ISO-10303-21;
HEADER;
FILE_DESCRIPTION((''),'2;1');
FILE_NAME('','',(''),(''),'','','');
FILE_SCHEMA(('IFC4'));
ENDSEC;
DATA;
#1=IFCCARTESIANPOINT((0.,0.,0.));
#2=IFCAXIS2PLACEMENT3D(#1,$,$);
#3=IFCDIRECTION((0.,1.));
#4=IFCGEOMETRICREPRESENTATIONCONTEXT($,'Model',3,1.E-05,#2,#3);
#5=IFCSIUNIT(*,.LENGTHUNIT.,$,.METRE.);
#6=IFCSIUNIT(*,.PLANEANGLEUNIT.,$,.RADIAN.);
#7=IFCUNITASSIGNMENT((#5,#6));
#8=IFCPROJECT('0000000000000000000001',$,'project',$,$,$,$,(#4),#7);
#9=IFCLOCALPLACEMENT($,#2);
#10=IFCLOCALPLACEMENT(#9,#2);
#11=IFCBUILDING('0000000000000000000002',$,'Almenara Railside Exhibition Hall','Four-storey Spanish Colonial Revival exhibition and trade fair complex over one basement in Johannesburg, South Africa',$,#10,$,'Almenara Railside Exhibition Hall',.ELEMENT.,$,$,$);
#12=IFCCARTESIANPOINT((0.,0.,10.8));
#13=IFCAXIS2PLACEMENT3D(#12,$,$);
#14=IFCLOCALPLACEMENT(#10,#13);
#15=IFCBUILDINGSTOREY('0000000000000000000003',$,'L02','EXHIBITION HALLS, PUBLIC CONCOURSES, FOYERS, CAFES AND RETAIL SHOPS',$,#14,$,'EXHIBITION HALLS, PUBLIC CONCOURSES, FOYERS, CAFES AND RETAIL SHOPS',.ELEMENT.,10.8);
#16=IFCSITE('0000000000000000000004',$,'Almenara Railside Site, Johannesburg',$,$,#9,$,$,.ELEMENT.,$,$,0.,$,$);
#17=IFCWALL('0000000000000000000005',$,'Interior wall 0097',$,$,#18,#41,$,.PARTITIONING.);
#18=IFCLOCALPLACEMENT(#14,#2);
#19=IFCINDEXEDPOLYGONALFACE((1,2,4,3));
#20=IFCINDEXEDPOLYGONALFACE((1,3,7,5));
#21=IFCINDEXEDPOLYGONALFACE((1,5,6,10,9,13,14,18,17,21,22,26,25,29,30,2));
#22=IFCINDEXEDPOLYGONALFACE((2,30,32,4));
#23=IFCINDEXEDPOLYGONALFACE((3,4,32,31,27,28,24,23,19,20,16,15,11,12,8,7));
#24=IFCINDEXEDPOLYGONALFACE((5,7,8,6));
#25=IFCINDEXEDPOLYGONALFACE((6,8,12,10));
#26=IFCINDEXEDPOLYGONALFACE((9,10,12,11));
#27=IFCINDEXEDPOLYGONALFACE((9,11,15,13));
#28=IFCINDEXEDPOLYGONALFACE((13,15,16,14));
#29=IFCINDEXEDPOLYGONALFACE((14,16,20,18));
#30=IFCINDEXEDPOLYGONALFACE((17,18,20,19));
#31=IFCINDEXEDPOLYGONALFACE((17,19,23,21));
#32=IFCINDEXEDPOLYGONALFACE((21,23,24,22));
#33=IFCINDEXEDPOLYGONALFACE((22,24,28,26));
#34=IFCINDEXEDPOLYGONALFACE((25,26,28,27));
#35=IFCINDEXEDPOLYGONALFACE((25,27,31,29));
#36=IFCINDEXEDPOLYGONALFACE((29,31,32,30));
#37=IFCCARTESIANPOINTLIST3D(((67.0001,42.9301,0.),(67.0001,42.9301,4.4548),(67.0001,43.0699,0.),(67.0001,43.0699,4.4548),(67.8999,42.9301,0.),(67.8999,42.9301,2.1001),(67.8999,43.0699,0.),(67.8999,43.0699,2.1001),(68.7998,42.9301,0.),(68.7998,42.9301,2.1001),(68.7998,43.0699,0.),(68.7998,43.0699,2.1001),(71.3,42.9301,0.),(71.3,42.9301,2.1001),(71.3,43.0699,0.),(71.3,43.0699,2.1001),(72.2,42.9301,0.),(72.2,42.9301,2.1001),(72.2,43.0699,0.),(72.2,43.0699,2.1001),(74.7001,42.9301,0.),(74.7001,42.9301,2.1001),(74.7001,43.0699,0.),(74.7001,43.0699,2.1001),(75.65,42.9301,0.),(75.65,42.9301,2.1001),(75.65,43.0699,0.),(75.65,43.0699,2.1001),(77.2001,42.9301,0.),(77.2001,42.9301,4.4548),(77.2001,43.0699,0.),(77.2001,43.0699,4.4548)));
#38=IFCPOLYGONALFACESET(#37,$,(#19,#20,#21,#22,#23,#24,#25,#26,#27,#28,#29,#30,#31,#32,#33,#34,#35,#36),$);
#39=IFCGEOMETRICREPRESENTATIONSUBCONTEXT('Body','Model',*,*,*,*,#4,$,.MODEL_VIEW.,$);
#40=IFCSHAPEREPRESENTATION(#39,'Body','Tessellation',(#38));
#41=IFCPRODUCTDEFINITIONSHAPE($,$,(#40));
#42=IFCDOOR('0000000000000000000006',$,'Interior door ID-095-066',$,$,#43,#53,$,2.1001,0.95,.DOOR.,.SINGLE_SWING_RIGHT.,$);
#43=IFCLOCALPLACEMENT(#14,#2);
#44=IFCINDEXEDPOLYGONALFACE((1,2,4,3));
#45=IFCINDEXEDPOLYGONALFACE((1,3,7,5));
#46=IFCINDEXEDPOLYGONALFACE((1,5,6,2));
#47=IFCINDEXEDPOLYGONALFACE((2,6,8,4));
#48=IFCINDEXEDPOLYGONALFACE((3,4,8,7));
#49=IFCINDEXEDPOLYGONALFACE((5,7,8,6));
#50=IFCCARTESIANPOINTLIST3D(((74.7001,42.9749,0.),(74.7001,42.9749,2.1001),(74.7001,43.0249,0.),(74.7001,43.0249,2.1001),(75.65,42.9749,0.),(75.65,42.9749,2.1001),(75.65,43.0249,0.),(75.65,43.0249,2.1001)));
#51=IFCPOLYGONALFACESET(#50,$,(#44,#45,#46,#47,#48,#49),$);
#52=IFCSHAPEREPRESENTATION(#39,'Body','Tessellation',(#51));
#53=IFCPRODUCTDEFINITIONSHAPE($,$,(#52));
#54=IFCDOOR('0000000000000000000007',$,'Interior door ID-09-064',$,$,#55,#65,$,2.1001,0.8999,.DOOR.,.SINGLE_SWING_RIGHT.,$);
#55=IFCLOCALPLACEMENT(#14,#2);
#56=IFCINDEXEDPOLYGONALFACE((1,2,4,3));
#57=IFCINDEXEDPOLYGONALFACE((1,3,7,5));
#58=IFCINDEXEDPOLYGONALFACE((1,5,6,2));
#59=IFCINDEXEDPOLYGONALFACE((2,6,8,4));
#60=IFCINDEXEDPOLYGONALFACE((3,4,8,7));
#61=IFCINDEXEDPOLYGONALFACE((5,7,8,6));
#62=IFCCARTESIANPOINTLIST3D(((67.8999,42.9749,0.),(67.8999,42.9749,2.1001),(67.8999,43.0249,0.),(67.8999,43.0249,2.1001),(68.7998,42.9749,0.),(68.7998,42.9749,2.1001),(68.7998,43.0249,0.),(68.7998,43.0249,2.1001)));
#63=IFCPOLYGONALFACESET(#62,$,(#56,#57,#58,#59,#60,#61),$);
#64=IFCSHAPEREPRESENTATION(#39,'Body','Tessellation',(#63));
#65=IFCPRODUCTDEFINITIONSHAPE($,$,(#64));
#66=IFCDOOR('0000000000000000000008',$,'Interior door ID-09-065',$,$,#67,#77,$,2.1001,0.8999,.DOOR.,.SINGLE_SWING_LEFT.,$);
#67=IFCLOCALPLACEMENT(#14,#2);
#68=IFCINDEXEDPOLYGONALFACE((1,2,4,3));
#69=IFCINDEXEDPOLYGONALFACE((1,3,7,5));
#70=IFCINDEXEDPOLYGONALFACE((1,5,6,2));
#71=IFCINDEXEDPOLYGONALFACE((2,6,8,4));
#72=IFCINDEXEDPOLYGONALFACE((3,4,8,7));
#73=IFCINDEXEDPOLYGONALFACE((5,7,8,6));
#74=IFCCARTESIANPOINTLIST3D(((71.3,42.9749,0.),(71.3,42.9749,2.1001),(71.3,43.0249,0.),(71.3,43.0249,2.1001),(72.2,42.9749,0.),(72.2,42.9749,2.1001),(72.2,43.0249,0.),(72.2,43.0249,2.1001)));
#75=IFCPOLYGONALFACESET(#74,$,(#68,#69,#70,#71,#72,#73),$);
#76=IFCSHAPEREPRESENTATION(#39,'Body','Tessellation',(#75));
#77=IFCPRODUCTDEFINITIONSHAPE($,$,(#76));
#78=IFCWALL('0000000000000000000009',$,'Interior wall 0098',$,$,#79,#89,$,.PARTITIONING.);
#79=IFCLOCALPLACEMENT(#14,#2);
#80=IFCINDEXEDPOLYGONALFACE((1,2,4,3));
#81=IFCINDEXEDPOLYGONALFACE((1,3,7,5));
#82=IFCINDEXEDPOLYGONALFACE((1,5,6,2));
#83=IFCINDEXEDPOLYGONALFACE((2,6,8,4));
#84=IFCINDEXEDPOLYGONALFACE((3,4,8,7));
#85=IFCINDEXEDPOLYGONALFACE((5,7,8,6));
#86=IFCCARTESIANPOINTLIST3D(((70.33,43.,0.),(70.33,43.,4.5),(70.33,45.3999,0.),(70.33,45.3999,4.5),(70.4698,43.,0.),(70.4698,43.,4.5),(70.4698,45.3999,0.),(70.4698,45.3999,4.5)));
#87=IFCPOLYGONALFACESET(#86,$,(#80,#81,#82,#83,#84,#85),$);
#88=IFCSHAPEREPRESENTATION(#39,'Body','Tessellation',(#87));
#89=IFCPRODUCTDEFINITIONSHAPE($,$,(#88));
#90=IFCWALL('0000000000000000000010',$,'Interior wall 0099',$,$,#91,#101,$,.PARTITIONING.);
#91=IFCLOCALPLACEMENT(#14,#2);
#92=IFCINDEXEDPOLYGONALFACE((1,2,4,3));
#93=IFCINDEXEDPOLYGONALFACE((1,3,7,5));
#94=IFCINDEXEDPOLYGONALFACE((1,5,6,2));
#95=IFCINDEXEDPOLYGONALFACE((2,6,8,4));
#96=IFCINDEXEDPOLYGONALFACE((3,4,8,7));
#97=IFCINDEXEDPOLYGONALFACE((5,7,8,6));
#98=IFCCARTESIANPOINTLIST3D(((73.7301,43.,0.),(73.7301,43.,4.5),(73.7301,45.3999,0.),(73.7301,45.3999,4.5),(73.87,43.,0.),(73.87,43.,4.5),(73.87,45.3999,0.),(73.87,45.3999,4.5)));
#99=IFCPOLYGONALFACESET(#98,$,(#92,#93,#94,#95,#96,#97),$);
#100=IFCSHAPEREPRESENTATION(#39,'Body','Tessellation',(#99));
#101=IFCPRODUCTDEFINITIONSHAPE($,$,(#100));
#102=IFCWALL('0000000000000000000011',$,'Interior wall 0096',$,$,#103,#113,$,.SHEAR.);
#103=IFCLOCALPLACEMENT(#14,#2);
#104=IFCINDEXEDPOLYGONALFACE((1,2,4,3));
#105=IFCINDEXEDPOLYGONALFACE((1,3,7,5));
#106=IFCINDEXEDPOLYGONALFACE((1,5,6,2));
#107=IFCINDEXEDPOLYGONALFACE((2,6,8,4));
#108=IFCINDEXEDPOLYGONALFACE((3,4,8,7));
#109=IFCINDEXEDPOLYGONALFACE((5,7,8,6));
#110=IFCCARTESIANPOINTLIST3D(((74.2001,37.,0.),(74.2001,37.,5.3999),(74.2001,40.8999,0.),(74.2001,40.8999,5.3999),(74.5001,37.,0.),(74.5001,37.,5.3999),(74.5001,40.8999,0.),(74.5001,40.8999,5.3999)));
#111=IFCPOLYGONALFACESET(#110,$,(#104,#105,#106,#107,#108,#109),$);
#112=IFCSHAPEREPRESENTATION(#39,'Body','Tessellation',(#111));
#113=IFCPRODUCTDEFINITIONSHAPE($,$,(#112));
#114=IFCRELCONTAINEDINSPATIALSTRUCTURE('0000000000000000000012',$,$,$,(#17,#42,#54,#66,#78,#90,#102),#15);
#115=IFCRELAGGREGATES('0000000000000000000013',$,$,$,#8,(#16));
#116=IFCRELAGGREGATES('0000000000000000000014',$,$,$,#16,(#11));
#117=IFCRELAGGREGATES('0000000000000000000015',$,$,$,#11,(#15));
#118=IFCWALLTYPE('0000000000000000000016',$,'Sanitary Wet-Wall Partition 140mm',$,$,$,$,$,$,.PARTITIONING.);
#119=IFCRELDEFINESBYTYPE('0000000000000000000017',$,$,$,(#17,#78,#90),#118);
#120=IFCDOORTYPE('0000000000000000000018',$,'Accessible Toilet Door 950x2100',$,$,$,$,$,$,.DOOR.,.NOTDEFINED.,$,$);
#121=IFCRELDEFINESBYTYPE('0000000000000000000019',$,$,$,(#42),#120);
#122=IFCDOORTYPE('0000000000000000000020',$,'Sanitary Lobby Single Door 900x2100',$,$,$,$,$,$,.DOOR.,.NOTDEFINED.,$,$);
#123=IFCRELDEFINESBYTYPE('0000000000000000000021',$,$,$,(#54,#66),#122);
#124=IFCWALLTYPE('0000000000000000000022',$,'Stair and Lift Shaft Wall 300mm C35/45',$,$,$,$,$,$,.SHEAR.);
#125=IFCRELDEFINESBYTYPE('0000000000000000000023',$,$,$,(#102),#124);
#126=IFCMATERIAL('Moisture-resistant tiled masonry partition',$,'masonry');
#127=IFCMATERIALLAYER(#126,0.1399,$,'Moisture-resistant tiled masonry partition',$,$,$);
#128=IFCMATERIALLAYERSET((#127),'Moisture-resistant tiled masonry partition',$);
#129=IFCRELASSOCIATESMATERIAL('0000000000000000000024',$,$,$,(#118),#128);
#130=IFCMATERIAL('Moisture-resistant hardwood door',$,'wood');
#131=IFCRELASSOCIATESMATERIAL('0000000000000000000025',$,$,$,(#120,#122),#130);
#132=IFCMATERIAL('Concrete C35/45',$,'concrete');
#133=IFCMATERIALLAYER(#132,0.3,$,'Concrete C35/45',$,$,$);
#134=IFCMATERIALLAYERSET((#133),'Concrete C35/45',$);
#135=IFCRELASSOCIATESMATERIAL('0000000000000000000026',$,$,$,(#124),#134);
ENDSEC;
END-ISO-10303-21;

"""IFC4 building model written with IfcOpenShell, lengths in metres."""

from ifc_helpers import new_model, si_unit, direction, frame, frame_2d, origin, place, context, subcontext, project, spatial, rectangle, extrude, material, layer, layer_set, type_object, element, fill, save


model = new_model("IFC4")

# Units and contexts
model_context = context("Model", 3, precision=1e-05, world=origin(), true_north=direction((0.0, 1.0)))
body_context = subcontext(model_context, "Body", "Model", "MODEL_VIEW")
ifc_project = project(units=[si_unit("LENGTHUNIT", "METRE"), si_unit("PLANEANGLEUNIT", "RADIAN")], contexts=[model_context])

# Site, building, storey
site_placement = place(None, origin())
site = spatial("IfcSite", under=ifc_project, at=site_placement, Name="Almenara Railside Site, Johannesburg", CompositionType="ELEMENT", RefElevation=0.0)
building_placement = place(site_placement, origin())
building = spatial("IfcBuilding", under=site, at=building_placement, Name="Almenara Railside Exhibition Hall", Description="Four-storey Spanish Colonial Revival exhibition and trade fair complex over one basement in Johannesburg, South Africa", LongName="Almenara Railside Exhibition Hall", CompositionType="ELEMENT")
storey_placement = place(building_placement, frame((0.0, 0.0, 10.8)))
storey = spatial("IfcBuildingStorey", under=building, at=storey_placement, Name="L02", Description="EXHIBITION HALLS, PUBLIC CONCOURSES, FOYERS, CAFES AND RETAIL SHOPS", LongName="EXHIBITION HALLS, PUBLIC CONCOURSES, FOYERS, CAFES AND RETAIL SHOPS", CompositionType="ELEMENT", Elevation=10.8)

# Shared definitions
ifc_material_1 = material(Name="Concrete C35/45", Category="concrete")

# Wall, openings, doors
ifc_material_2 = material(Name="Moisture-resistant tiled masonry partition", Category="masonry")
ifc_layer_1 = layer(ifc_material_2, 0.1399, Name="Moisture-resistant tiled masonry partition")
ifc_layer_set_1 = layer_set([ifc_layer_1], Name="Moisture-resistant tiled masonry partition")
wall_type_1 = type_object("IfcWallType", Name="Sanitary Wet-Wall Partition 140mm", PredefinedType="PARTITIONING", material=ifc_layer_set_1)
wall_1_placement = place(storey_placement, frame((67.0, 43.0, 0.0), z_axis=(0.0, 0.0, 1.0), x_axis=(1.0, 0.0, 0.0)))
wall_1 = element("IfcWall", 1, at=wall_1_placement, inside=storey, type_object=wall_type_1, Name="Interior wall 0097", PredefinedType="PARTITIONING", context=body_context, shape_type="SweptSolid", body=[
    extrude(rectangle(XDim=10.2, YDim=0.1399, at=frame_2d((5.1001, 0.0))), origin(), (0.0, 0.0, 1.0), 4.4548),
])
opening_1_placement = place(wall_1_placement, frame((0.8999, 0.0, 0.0)))
opening_1 = element("IfcOpeningElement", 2, at=opening_1_placement, cuts=wall_1, PredefinedType="OPENING", context=body_context, shape_type="SweptSolid", body=[
    extrude(rectangle(XDim=0.8999, YDim=2.1001, at=frame_2d((0.45, 1.05))), frame((0.0, 0.0798, 0.0), z_axis=(0.0, -1.0, 0.0), x_axis=(1.0, 0.0, 0.0)), (0.0, 0.0, 1.0), 0.1599),
])
opening_2_placement = place(wall_1_placement, frame((4.3, 0.0, 0.0)))
opening_2 = element("IfcOpeningElement", 3, at=opening_2_placement, cuts=wall_1, PredefinedType="OPENING", context=body_context, shape_type="SweptSolid", body=[
    extrude(rectangle(XDim=0.8999, YDim=2.1001, at=frame_2d((0.45, 1.05))), frame((0.0, 0.0798, 0.0), z_axis=(0.0, -1.0, 0.0), x_axis=(1.0, 0.0, 0.0)), (0.0, 0.0, 1.0), 0.1599),
])
opening_3_placement = place(wall_1_placement, frame((7.7, 0.0, 0.0)))
opening_3 = element("IfcOpeningElement", 4, at=opening_3_placement, cuts=wall_1, PredefinedType="OPENING", context=body_context, shape_type="SweptSolid", body=[
    extrude(rectangle(XDim=0.95, YDim=2.1001, at=frame_2d((0.4751, 1.05))), frame((0.0, 0.0798, 0.0), z_axis=(0.0, -1.0, 0.0), x_axis=(1.0, 0.0, 0.0)), (0.0, 0.0, 1.0), 0.1599),
])
ifc_material_3 = material(Name="Moisture-resistant hardwood door", Category="wood")
door_type_1 = type_object("IfcDoorType", Name="Accessible Toilet Door 950x2100", OperationType="NOTDEFINED", PredefinedType="DOOR", material=ifc_material_3)
door_1_placement = place(opening_3_placement, origin())
door_1 = element("IfcDoor", 5, at=door_1_placement, inside=storey, type_object=door_type_1, Name="Interior door ID-095-066", OperationType="SINGLE_SWING_RIGHT", OverallHeight=2.1001, OverallWidth=0.95, PredefinedType="DOOR", context=body_context, shape_type="SweptSolid", body=[
    extrude(rectangle(XDim=0.95, YDim=2.1001, at=frame_2d((0.4751, 1.05))), frame((0.0, 0.0249, 0.0), z_axis=(0.0, -1.0, 0.0), x_axis=(1.0, 0.0, 0.0)), (0.0, 0.0, 1.0), 0.05),
])
fill(opening_3, door_1)
door_type_2 = type_object("IfcDoorType", Name="Sanitary Lobby Single Door 900x2100", OperationType="NOTDEFINED", PredefinedType="DOOR", material=ifc_material_3)
door_2_placement = place(opening_1_placement, origin())
door_2 = element("IfcDoor", 6, at=door_2_placement, inside=storey, type_object=door_type_2, Name="Interior door ID-09-064", OperationType="SINGLE_SWING_RIGHT", OverallHeight=2.1001, OverallWidth=0.8999, PredefinedType="DOOR", context=body_context, shape_type="SweptSolid", body=[
    extrude(rectangle(XDim=0.8999, YDim=2.1001, at=frame_2d((0.45, 1.05))), frame((0.0, 0.0249, 0.0), z_axis=(0.0, -1.0, 0.0), x_axis=(1.0, 0.0, 0.0)), (0.0, 0.0, 1.0), 0.05),
])
fill(opening_1, door_2)
door_3_placement = place(opening_2_placement, origin())
door_3 = element("IfcDoor", 7, at=door_3_placement, inside=storey, type_object=door_type_2, Name="Interior door ID-09-065", OperationType="SINGLE_SWING_LEFT", OverallHeight=2.1001, OverallWidth=0.8999, PredefinedType="DOOR", context=body_context, shape_type="SweptSolid", body=[
    extrude(rectangle(XDim=0.8999, YDim=2.1001, at=frame_2d((0.45, 1.05))), frame((0.0, 0.0249, 0.0), z_axis=(0.0, -1.0, 0.0), x_axis=(1.0, 0.0, 0.0)), (0.0, 0.0, 1.0), 0.05),
])
fill(opening_2, door_3)

# Walls
for number, where, z_axis, x_axis, name in (
    (8, (70.3999, 43.0, 0.0), (0.0, 0.0, 1.0), (0.0, 1.0, 0.0), "Interior wall 0098"),
    (9, (73.8, 43.0, 0.0), (0.0, 0.0, 1.0), (0.0, 1.0, 0.0), "Interior wall 0099"),
):
    element("IfcWall", number, at=place(storey_placement, frame(where, z_axis=z_axis, x_axis=x_axis)), inside=storey, type_object=wall_type_1, Name=name, PredefinedType="PARTITIONING", context=body_context, shape_type="SweptSolid", body=[
        extrude(rectangle(XDim=2.3999, YDim=0.1399, at=frame_2d((1.2, 0.0))), origin(), (0.0, 0.0, 1.0), 4.5),
    ])

# Shared definitions
ifc_layer_2 = layer(ifc_material_1, 0.3, Name="Concrete C35/45")
ifc_layer_set_2 = layer_set([ifc_layer_2], Name="Concrete C35/45")
wall_type_2 = type_object("IfcWallType", Name="Stair and Lift Shaft Wall 300mm C35/45", PredefinedType="SHEAR", material=ifc_layer_set_2)

# Wall
wall_2_placement = place(storey_placement, frame((74.3501, 37.0, 0.0), z_axis=(0.0, 0.0, 1.0), x_axis=(0.0, 1.0, 0.0)))
element("IfcWall", 10, at=wall_2_placement, inside=storey, type_object=wall_type_2, Name="Interior wall 0096", PredefinedType="SHEAR", context=body_context, shape_type="SweptSolid", body=[
    extrude(rectangle(XDim=3.8999, YDim=0.3, at=frame_2d((1.95, 0.0))), origin(), (0.0, 0.0, 1.0), 5.3999),
])

save(model, "model.ifc")
